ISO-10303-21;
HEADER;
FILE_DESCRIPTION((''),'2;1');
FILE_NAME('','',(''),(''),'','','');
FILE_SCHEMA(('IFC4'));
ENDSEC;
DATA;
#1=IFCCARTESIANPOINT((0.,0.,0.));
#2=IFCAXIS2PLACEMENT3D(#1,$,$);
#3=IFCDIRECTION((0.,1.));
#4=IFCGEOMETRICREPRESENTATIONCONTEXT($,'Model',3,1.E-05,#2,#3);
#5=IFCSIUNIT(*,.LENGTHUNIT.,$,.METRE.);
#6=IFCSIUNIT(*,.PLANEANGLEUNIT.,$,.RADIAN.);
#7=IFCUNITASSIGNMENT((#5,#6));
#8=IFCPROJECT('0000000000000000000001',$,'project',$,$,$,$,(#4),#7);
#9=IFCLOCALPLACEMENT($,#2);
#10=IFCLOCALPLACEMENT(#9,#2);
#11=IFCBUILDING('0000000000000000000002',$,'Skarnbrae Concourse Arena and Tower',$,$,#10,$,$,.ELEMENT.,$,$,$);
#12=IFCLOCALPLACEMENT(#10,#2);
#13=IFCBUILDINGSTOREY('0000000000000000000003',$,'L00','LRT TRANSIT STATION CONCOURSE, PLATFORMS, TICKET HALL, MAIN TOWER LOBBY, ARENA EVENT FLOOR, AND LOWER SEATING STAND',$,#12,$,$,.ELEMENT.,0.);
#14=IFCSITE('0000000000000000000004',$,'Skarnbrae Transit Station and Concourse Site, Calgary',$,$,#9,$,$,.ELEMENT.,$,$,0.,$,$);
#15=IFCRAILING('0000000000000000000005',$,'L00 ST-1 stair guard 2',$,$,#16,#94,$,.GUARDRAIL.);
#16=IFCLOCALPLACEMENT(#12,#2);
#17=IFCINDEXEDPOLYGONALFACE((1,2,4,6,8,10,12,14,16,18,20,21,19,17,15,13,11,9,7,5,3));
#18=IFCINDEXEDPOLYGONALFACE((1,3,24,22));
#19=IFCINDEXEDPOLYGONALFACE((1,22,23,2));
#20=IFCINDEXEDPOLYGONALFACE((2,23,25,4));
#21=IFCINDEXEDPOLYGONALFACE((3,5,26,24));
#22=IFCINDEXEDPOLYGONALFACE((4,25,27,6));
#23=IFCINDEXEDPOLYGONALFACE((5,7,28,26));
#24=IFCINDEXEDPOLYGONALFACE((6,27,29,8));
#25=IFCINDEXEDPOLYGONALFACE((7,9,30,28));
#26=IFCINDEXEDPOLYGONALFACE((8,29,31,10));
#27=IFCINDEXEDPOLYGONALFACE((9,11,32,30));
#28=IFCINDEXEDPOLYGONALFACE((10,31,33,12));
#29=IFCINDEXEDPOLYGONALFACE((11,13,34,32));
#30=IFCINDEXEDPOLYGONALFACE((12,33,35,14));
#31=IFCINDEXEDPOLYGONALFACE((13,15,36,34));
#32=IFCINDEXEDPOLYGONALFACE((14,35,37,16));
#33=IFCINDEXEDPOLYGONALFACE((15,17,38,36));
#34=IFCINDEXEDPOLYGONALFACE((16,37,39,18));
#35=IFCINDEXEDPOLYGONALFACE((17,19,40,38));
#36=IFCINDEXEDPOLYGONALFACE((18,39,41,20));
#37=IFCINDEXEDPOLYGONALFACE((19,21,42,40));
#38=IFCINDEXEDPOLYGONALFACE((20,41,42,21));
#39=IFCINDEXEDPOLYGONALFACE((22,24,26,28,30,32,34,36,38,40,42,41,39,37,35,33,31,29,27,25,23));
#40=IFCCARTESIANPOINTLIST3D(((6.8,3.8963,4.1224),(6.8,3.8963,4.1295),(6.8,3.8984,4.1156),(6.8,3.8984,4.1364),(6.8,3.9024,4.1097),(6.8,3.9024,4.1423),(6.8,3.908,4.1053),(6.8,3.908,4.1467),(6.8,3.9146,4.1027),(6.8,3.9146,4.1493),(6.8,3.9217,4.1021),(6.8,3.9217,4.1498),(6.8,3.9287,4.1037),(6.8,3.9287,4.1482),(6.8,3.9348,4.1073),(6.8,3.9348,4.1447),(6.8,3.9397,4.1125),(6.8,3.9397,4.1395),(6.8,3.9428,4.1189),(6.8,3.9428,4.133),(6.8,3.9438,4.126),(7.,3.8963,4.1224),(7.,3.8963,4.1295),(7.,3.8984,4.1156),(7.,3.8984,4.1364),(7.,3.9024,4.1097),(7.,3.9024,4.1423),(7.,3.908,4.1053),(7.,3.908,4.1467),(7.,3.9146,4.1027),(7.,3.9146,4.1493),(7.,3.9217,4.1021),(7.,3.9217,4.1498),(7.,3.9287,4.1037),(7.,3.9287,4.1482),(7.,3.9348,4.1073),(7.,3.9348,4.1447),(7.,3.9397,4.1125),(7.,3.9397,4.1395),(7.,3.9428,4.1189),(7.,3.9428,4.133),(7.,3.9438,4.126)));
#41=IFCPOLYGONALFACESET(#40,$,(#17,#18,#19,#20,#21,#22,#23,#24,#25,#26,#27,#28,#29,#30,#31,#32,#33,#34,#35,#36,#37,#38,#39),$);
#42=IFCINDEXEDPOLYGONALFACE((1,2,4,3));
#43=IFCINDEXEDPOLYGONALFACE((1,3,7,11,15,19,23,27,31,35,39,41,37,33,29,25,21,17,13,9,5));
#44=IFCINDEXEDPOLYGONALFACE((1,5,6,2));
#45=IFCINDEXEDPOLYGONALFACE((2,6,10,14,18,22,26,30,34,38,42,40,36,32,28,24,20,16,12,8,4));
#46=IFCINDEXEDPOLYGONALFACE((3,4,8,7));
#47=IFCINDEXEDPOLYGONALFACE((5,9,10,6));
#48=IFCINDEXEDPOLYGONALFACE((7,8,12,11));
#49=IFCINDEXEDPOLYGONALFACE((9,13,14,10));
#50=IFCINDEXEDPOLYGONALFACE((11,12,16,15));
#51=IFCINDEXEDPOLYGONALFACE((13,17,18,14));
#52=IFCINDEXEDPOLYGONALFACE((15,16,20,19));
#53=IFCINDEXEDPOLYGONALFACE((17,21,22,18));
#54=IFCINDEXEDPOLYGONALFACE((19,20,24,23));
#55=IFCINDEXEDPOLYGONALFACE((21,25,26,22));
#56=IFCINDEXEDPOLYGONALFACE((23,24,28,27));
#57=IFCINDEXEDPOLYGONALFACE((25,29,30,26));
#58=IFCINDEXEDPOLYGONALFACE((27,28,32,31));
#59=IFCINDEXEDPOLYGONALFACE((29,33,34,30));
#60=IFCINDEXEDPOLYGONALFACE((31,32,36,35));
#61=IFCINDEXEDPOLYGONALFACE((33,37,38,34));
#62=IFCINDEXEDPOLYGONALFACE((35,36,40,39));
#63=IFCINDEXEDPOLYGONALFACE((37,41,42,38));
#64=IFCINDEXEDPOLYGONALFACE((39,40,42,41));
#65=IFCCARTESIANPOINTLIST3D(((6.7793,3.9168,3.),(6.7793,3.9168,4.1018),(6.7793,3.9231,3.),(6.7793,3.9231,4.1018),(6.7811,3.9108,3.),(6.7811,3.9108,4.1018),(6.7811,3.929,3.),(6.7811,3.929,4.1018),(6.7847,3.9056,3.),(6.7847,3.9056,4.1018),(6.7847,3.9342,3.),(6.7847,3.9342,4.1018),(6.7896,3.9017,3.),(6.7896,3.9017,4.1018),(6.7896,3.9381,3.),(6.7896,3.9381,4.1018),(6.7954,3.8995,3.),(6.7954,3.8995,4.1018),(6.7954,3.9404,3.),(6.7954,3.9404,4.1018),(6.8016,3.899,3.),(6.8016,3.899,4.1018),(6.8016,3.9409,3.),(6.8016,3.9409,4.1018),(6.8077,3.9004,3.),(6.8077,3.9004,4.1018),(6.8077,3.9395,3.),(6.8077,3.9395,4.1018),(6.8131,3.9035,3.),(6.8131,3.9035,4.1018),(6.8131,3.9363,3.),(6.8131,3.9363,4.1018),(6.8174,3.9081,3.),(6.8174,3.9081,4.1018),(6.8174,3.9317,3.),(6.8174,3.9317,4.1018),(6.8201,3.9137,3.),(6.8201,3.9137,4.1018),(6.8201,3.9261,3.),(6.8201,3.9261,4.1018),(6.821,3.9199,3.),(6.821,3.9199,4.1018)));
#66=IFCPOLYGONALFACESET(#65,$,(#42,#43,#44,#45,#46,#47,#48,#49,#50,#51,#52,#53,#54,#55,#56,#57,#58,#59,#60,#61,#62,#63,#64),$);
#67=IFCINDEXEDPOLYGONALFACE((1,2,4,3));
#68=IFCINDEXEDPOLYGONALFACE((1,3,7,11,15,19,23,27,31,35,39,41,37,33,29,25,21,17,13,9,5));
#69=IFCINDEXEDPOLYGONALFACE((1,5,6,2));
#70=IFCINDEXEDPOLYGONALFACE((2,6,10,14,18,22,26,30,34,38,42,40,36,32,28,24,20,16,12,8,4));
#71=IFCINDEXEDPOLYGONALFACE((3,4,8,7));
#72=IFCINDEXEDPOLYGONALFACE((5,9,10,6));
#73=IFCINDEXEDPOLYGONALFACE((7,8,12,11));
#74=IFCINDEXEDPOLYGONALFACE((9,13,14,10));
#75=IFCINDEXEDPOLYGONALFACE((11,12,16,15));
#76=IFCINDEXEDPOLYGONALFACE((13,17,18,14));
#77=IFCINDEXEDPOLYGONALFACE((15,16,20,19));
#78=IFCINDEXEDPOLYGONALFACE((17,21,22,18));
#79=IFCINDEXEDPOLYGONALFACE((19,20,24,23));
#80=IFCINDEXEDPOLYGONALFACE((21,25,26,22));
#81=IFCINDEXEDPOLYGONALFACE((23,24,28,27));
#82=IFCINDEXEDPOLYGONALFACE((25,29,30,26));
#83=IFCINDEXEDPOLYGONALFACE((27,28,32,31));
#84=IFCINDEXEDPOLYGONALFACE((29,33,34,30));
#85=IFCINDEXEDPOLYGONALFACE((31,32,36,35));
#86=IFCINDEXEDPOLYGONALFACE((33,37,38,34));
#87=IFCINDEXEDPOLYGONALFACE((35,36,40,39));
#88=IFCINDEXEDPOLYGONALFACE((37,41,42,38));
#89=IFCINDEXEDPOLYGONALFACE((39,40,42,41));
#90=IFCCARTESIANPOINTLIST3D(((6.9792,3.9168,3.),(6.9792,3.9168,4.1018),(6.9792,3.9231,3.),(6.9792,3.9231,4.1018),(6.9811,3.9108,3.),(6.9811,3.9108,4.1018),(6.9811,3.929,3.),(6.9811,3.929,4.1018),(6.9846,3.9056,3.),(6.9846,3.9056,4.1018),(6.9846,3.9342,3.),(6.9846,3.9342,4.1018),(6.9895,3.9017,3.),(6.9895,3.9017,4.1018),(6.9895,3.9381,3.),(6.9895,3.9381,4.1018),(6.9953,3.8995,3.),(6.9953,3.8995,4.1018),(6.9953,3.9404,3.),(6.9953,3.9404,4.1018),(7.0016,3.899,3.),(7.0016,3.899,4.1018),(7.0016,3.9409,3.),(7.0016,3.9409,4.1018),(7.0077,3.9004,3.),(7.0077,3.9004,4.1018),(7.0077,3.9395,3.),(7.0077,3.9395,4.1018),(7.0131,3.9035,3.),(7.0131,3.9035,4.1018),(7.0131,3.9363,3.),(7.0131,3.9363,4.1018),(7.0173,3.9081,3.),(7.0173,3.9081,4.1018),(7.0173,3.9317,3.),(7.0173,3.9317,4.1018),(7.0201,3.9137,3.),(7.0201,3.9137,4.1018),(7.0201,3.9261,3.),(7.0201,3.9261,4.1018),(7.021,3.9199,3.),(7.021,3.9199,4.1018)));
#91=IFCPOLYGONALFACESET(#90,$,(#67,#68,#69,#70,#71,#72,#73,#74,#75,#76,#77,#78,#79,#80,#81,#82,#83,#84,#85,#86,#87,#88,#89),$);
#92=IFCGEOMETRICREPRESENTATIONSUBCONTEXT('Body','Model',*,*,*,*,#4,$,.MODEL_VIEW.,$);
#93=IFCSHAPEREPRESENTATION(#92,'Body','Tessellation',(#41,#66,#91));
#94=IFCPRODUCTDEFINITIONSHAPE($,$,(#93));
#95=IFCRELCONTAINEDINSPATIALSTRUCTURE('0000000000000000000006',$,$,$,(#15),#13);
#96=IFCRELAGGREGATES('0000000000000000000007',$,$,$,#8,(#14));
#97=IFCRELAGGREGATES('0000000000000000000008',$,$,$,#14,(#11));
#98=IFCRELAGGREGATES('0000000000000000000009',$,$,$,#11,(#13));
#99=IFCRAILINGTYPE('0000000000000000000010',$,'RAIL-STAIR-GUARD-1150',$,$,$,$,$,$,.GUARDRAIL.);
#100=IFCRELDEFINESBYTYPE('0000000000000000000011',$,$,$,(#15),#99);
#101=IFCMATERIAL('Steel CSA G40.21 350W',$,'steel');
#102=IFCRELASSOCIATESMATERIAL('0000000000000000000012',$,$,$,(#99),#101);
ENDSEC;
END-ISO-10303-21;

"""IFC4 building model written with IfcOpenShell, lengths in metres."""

from ifc_helpers import new_model, si_unit, direction, frame, origin, origin_2d, place, context, subcontext, project, spatial, circle, extrude, material, type_object, element, save


model = new_model("IFC4")

# Units and contexts
model_context = context("Model", 3, precision=1e-05, world=origin(), true_north=direction((0.0, 1.0)))
body_context = subcontext(model_context, "Body", "Model", "MODEL_VIEW")
ifc_project = project(units=[si_unit("LENGTHUNIT", "METRE"), si_unit("PLANEANGLEUNIT", "RADIAN")], contexts=[model_context])

# Site, building, storey
site_placement = place(None, origin())
site = spatial("IfcSite", under=ifc_project, at=site_placement, Name="Skarnbrae Transit Station and Concourse Site, Calgary", CompositionType="ELEMENT", RefElevation=0.0)
building_placement = place(site_placement, origin())
building = spatial("IfcBuilding", under=site, at=building_placement, Name="Skarnbrae Concourse Arena and Tower", CompositionType="ELEMENT")
storey_placement = place(building_placement, origin())
storey = spatial("IfcBuildingStorey", under=building, at=storey_placement, Name="L00", Description="LRT TRANSIT STATION CONCOURSE, PLATFORMS, TICKET HALL, MAIN TOWER LOBBY, ARENA EVENT FLOOR, AND LOWER SEATING STAND", CompositionType="ELEMENT", Elevation=0.0)

# Shared definitions
ifc_material_1 = material(Name="Steel CSA G40.21 350W", Category="steel")

# Railing
railing_type_1 = type_object("IfcRailingType", Name="RAIL-STAIR-GUARD-1150", PredefinedType="GUARDRAIL", material=ifc_material_1)
railing_1_placement = place(storey_placement, frame((6.8, 3.9199, 3.0)))
element("IfcRailing", 1, at=railing_1_placement, inside=storey, type_object=railing_type_1, Name="L00 ST-1 stair guard 2", PredefinedType="GUARDRAIL", context=body_context, shape_type="SweptSolid", body=[
    extrude(circle(Radius=0.0239, at=origin_2d()), frame((0.0, 0.0, 1.126), z_axis=(1.0, 0.0, 0.0), x_axis=(0.0, 1.0, 0.0)), (0.0, 0.0, 1.0), 0.2),
    extrude(circle(Radius=0.021, at=origin_2d()), origin(), (0.0, 0.0, 1.0), 1.1018),
    extrude(circle(Radius=0.021, at=origin_2d()), frame((0.2, 0.0, 0.0)), (0.0, 0.0, 1.0), 1.1018),
])

save(model, "model.ifc")
